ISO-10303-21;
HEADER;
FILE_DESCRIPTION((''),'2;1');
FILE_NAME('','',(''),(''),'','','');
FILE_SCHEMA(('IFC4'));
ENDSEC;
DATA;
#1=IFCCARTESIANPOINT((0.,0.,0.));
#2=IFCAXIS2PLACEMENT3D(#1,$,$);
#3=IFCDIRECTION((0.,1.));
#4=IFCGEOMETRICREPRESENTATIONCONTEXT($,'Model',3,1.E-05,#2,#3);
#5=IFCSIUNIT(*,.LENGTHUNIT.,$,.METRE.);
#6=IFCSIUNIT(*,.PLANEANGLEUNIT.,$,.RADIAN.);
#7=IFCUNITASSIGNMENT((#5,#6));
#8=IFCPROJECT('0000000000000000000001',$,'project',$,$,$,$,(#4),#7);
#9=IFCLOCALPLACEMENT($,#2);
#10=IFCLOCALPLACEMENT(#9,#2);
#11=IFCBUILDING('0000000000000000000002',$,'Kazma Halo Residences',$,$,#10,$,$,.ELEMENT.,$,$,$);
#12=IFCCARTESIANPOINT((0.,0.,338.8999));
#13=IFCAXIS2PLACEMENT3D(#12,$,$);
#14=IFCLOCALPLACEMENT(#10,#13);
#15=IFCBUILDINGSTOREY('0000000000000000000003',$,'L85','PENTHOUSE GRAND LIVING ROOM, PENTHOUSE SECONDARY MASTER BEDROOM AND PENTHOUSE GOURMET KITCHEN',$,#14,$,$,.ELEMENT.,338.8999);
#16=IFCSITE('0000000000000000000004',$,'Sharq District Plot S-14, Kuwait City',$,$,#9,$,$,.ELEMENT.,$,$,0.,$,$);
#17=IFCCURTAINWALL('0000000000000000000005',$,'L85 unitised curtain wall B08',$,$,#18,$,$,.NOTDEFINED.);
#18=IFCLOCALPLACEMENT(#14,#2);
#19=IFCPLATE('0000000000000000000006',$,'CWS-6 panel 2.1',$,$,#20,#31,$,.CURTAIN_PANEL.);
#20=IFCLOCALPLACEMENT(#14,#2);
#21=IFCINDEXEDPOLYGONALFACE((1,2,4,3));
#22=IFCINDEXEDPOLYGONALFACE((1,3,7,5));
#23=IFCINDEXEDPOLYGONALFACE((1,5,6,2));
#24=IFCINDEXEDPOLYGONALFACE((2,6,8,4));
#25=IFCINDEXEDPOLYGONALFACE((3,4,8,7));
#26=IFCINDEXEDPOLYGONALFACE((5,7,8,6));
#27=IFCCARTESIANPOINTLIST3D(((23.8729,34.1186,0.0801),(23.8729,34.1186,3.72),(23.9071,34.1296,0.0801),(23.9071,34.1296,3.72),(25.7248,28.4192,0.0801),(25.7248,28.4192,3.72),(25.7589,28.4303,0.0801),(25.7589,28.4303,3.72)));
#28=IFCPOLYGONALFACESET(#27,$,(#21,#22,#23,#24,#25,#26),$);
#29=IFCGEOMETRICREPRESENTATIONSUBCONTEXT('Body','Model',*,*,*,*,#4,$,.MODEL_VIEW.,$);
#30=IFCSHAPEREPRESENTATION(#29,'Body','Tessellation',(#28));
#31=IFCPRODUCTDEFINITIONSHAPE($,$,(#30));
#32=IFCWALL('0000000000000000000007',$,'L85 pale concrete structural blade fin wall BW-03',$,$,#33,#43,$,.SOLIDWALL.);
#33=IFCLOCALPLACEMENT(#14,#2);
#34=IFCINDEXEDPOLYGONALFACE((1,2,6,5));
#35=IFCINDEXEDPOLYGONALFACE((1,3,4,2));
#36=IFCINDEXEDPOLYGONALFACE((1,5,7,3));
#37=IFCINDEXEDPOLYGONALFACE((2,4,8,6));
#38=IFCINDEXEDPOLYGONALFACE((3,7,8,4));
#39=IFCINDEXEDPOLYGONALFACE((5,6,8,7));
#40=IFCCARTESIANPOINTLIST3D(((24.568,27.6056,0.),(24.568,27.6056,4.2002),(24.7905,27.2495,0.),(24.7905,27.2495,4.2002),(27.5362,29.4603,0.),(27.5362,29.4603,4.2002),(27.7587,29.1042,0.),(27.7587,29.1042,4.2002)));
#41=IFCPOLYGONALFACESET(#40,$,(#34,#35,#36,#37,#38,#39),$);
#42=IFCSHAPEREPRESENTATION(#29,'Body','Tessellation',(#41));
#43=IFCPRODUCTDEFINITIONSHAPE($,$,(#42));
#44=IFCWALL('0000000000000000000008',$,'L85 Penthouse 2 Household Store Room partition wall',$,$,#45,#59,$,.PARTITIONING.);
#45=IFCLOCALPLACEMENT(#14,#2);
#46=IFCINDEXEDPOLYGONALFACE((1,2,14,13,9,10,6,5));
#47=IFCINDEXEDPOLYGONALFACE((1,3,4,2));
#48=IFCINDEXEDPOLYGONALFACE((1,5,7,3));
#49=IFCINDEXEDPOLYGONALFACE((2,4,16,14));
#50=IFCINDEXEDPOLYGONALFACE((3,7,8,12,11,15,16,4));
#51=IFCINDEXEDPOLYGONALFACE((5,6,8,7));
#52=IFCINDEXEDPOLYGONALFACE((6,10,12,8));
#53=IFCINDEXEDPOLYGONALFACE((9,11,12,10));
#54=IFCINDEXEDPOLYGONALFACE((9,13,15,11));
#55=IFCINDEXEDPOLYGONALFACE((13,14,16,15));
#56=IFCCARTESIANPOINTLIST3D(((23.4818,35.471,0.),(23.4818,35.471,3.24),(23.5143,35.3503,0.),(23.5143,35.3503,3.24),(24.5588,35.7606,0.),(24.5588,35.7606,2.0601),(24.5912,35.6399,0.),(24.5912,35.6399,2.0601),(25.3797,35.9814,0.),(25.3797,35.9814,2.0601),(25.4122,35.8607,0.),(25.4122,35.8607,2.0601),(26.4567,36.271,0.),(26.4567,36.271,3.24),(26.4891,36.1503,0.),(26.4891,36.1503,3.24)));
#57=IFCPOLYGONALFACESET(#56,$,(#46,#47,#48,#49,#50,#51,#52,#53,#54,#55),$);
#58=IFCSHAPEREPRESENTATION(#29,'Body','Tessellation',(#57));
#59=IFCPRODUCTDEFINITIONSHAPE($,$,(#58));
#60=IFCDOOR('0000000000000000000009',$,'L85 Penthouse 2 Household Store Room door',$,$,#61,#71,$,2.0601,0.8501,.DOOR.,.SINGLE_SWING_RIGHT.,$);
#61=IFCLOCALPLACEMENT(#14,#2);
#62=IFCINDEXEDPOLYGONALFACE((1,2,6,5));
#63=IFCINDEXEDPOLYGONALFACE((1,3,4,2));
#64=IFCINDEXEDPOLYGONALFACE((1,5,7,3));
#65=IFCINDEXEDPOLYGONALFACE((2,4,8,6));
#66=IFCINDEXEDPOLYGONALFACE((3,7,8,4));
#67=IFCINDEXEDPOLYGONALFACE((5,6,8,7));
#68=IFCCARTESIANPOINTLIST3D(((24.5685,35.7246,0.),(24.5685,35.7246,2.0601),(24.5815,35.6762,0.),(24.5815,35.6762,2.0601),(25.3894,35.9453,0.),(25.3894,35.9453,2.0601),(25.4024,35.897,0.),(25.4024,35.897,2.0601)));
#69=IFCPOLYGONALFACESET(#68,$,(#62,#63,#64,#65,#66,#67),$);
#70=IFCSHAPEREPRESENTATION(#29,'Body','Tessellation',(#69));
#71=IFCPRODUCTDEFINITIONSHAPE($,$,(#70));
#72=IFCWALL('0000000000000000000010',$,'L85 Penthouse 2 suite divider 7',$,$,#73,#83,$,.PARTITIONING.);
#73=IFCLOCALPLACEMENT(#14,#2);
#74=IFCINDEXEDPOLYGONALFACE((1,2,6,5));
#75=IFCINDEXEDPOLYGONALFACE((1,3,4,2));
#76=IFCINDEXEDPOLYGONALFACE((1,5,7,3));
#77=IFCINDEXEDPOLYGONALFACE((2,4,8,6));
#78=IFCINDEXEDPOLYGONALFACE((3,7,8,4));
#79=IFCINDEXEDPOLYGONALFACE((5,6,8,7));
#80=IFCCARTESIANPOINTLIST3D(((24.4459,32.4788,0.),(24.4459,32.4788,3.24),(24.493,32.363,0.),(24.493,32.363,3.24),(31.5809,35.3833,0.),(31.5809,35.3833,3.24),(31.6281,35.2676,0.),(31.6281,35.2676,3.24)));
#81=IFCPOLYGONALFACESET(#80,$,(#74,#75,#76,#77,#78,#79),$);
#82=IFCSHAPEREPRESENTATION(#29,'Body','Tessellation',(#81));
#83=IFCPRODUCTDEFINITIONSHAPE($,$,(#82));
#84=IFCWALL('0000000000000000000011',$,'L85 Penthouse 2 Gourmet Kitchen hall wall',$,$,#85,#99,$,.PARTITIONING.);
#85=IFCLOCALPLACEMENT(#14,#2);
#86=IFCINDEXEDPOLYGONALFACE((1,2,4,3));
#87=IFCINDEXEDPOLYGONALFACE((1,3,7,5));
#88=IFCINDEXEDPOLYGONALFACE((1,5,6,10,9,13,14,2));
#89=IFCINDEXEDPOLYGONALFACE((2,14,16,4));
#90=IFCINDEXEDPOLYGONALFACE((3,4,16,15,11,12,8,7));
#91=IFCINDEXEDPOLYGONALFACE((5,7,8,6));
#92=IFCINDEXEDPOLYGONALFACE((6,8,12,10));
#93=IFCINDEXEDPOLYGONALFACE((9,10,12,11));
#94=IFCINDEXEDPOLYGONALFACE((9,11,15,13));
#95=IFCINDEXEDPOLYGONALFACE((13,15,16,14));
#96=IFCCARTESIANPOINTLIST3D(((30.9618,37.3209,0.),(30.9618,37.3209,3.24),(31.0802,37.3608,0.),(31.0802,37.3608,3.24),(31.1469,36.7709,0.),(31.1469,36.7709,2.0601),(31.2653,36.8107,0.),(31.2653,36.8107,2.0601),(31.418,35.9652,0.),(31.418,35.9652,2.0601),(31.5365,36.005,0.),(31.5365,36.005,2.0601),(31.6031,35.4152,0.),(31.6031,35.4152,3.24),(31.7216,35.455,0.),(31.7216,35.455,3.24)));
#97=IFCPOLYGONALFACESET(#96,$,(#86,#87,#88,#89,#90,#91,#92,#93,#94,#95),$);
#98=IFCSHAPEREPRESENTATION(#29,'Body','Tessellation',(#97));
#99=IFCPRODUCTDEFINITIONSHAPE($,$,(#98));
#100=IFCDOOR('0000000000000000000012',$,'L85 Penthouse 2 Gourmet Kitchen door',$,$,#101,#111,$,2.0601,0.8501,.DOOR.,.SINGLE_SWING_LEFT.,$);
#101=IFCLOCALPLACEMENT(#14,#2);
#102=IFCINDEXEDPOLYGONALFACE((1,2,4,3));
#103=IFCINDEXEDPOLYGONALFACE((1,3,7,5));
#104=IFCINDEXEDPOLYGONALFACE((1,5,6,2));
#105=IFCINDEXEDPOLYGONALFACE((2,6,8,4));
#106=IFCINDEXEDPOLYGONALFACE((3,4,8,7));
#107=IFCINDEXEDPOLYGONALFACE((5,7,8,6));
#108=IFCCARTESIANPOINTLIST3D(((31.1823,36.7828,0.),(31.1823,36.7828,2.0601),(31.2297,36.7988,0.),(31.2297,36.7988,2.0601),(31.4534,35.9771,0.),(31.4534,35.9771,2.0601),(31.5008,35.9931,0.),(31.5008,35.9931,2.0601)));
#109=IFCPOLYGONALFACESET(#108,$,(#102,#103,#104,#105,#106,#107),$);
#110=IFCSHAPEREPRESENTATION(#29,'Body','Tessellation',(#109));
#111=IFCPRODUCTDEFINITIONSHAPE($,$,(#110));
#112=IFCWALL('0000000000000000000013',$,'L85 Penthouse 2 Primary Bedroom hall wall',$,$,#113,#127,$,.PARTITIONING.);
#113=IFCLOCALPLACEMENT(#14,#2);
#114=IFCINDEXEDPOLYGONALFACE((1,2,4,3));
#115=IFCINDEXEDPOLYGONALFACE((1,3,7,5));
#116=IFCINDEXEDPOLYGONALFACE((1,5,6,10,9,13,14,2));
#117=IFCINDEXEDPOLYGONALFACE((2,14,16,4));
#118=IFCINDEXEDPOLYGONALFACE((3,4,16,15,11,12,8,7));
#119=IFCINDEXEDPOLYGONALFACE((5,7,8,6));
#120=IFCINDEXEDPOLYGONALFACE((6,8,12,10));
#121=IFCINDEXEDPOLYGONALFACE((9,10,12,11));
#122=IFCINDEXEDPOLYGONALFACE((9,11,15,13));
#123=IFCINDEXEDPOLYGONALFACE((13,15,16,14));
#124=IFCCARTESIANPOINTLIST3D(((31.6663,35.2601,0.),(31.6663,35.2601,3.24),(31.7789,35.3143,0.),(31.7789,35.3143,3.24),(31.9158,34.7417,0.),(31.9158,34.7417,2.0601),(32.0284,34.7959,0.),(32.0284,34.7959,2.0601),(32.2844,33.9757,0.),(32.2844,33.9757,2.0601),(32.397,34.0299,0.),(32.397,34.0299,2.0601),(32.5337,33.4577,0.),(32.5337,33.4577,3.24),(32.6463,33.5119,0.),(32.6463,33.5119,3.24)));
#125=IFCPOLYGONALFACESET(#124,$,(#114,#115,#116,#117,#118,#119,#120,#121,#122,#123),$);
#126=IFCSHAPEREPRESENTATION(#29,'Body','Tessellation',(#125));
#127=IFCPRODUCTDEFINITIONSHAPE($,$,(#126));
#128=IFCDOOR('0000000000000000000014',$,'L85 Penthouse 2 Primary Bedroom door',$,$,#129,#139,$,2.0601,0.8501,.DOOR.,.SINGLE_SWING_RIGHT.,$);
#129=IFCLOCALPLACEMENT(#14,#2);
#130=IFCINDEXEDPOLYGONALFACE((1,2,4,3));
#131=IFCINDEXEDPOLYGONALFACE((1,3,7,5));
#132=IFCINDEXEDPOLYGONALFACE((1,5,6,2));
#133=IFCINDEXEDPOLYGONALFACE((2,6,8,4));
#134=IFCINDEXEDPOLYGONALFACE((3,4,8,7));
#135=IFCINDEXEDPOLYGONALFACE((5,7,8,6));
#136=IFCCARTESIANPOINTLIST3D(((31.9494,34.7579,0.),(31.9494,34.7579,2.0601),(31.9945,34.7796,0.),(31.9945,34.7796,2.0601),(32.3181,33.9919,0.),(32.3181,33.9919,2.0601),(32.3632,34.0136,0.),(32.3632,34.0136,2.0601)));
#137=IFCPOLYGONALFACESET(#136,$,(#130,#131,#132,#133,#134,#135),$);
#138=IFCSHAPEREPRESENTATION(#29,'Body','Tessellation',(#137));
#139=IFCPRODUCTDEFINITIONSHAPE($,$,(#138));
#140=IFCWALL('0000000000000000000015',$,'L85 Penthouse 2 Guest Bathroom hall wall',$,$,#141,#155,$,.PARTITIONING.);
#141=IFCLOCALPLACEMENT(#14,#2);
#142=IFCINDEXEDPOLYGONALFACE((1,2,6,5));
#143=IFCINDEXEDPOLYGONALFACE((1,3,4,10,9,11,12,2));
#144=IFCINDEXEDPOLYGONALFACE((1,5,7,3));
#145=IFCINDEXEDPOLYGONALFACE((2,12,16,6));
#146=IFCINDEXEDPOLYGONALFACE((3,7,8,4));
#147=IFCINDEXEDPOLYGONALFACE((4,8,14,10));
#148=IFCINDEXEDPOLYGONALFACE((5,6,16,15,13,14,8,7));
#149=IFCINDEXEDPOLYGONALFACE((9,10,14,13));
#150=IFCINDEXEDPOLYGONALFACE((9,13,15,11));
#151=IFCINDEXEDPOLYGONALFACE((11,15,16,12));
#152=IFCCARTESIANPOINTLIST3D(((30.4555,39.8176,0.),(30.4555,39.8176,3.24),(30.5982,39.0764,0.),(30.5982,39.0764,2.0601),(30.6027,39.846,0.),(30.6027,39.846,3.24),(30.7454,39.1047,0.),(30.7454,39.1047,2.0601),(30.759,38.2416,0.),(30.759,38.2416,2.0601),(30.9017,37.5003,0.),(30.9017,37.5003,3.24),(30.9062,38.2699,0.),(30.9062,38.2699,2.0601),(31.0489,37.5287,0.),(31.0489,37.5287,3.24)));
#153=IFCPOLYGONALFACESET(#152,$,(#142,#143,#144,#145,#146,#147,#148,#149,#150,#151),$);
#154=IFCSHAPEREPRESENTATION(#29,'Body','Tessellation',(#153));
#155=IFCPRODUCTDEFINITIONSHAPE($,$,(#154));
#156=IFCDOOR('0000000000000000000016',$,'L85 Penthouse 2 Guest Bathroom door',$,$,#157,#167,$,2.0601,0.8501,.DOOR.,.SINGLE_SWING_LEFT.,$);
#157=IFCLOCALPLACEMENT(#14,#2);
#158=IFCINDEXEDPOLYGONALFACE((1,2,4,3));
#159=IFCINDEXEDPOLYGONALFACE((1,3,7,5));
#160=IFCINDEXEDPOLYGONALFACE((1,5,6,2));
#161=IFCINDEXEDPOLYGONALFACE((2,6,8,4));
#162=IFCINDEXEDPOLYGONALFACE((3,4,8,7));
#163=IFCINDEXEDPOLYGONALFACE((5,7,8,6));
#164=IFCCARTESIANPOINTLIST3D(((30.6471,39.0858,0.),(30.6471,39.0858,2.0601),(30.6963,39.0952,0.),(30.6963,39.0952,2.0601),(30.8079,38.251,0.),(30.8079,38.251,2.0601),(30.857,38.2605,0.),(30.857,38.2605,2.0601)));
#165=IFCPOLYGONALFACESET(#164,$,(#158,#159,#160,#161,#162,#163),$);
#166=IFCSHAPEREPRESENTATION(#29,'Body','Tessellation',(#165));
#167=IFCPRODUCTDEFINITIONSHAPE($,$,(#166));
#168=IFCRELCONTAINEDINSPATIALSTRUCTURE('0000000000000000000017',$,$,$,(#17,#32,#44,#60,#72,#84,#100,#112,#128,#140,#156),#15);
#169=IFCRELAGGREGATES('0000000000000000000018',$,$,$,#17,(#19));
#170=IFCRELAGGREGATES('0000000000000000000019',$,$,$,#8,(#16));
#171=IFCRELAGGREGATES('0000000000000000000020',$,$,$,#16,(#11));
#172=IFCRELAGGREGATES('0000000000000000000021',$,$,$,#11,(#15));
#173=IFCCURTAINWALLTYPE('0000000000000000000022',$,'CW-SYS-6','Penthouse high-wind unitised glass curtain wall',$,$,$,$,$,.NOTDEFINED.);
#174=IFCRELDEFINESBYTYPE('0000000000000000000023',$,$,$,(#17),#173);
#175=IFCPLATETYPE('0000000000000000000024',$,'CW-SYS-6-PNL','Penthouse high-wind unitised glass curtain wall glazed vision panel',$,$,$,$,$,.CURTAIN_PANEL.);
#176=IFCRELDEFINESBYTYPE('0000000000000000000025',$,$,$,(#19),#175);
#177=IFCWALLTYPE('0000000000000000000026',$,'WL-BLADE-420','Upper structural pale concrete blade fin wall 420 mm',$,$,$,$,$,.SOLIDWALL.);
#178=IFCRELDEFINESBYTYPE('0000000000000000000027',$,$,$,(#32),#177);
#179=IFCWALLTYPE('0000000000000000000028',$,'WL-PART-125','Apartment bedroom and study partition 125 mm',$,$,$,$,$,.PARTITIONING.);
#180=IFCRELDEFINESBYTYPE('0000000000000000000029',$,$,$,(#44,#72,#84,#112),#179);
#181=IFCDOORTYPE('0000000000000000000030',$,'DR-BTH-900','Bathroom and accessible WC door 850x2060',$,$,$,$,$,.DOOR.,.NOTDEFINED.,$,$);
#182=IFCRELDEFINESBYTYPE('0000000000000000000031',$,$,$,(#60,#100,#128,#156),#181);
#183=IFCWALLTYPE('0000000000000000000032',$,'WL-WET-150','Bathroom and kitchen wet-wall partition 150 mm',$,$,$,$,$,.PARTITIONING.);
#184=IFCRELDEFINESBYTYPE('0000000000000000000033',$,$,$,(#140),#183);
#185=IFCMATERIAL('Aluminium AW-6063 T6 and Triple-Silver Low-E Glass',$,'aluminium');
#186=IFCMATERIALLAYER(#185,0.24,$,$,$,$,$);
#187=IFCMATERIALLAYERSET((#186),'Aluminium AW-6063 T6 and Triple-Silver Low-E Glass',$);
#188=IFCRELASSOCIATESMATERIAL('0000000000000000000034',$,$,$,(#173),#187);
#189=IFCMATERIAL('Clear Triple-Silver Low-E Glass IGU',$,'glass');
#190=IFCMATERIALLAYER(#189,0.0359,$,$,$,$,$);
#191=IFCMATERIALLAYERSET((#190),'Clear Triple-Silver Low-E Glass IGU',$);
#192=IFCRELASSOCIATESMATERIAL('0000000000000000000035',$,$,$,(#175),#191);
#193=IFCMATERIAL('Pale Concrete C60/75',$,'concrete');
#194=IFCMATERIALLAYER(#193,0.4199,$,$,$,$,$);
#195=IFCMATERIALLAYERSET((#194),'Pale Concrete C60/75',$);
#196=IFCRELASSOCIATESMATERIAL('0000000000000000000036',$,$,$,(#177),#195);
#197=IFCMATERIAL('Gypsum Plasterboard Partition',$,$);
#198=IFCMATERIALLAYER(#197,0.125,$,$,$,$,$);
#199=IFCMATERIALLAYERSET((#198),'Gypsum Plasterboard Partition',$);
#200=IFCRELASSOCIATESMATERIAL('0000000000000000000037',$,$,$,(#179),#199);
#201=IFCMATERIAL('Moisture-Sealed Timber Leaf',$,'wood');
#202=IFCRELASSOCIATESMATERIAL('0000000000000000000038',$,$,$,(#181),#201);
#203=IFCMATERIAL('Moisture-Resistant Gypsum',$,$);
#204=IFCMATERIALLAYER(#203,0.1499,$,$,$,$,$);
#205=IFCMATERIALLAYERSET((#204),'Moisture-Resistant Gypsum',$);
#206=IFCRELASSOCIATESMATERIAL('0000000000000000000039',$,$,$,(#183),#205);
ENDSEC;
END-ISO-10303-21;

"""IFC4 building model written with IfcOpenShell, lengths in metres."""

from ifc_helpers import new_model, si_unit, direction, frame, frame_2d, origin, origin_2d, place, context, subcontext, project, spatial, rectangle, extrude, material, layer, layer_set, type_object, element, fill, aggregate, save


model = new_model("IFC4")

# Units and contexts
model_context = context("Model", 3, precision=1e-05, world=origin(), true_north=direction((0.0, 1.0)))
body_context = subcontext(model_context, "Body", "Model", "MODEL_VIEW")
ifc_project = project(units=[si_unit("LENGTHUNIT", "METRE"), si_unit("PLANEANGLEUNIT", "RADIAN")], contexts=[model_context])

# Site, building, storey
site_placement = place(None, origin())
site = spatial("IfcSite", under=ifc_project, at=site_placement, Name="Sharq District Plot S-14, Kuwait City", CompositionType="ELEMENT", RefElevation=0.0)
building_placement = place(site_placement, origin())
building = spatial("IfcBuilding", under=site, at=building_placement, Name="Kazma Halo Residences", CompositionType="ELEMENT")
storey_placement = place(building_placement, frame((0.0, 0.0, 338.8999)))
storey = spatial("IfcBuildingStorey", under=building, at=storey_placement, Name="L85", Description="PENTHOUSE GRAND LIVING ROOM, PENTHOUSE SECONDARY MASTER BEDROOM AND PENTHOUSE GOURMET KITCHEN", CompositionType="ELEMENT", Elevation=338.8999)

# Curtain wall, plate
ifc_material_1 = material(Name="Aluminium AW-6063 T6 and Triple-Silver Low-E Glass", Category="aluminium")
ifc_layer_1 = layer(ifc_material_1, 0.24)
ifc_layer_set_1 = layer_set([ifc_layer_1], Name="Aluminium AW-6063 T6 and Triple-Silver Low-E Glass")
curtain_wall_type = type_object("IfcCurtainWallType", Name="CW-SYS-6", Description="Penthouse high-wind unitised glass curtain wall", PredefinedType="NOTDEFINED", material=ifc_layer_set_1)
curtain_wall_placement = place(storey_placement, origin())
curtain_wall = element("IfcCurtainWall", 1, at=curtain_wall_placement, inside=storey, type_object=curtain_wall_type, Name="L85 unitised curtain wall B08", PredefinedType="NOTDEFINED")
ifc_material_2 = material(Name="Clear Triple-Silver Low-E Glass IGU", Category="glass")
ifc_layer_2 = layer(ifc_material_2, 0.0359)
ifc_layer_set_2 = layer_set([ifc_layer_2], Name="Clear Triple-Silver Low-E Glass IGU")
plate_type = type_object("IfcPlateType", Name="CW-SYS-6-PNL", Description="Penthouse high-wind unitised glass curtain wall glazed vision panel", PredefinedType="CURTAIN_PANEL", material=ifc_layer_set_2)
plate_1_placement = place(storey_placement, frame((24.8159, 31.2744, 0.0801), z_axis=(0.0, 0.0, 1.0), x_axis=(0.309019, -0.951056, 0.0)))
plate_1 = element("IfcPlate", 2, at=plate_1_placement, type_object=plate_type, Name="CWS-6 panel 2.1", PredefinedType="CURTAIN_PANEL", context=body_context, shape_type="SweptSolid", body=[
    extrude(rectangle(XDim=5.9927, YDim=0.0359, at=origin_2d()), origin(), (0.0, 0.0, 1.0), 3.6399),
])
aggregate(curtain_wall, [plate_1])

# Wall
ifc_material_3 = material(Name="Pale Concrete C60/75", Category="concrete")
ifc_layer_3 = layer(ifc_material_3, 0.4199)
ifc_layer_set_3 = layer_set([ifc_layer_3], Name="Pale Concrete C60/75")
wall_type_1 = type_object("IfcWallType", Name="WL-BLADE-420", Description="Upper structural pale concrete blade fin wall 420 mm", PredefinedType="SOLIDWALL", material=ifc_layer_set_3)
wall_1_placement = place(storey_placement, frame((27.6475, 29.2822, 0.0), z_axis=(0.0, 0.0, 1.0), x_axis=(-0.848053, -0.529911, 0.0)))
element("IfcWall", 3, at=wall_1_placement, inside=storey, type_object=wall_type_1, Name="L85 pale concrete structural blade fin wall BW-03", PredefinedType="SOLIDWALL", context=body_context, shape_type="SweptSolid", body=[
    extrude(rectangle(XDim=3.5, YDim=0.4199, at=frame_2d((1.75, 0.0))), origin(), (0.0, 0.0, 1.0), 4.2002),
])

# Wall, opening, door
ifc_material_4 = material(Name="Gypsum Plasterboard Partition")
ifc_layer_4 = layer(ifc_material_4, 0.125)
ifc_layer_set_4 = layer_set([ifc_layer_4], Name="Gypsum Plasterboard Partition")
wall_type_2 = type_object("IfcWallType", Name="WL-PART-125", Description="Apartment bedroom and study partition 125 mm", PredefinedType="PARTITIONING", material=ifc_layer_set_4)
wall_2_placement = place(storey_placement, frame((26.4729, 36.2107, 0.0), z_axis=(0.0, 0.0, 1.0), x_axis=(-0.965687, -0.259709, 0.0)))
wall_2 = element("IfcWall", 4, at=wall_2_placement, inside=storey, type_object=wall_type_2, Name="L85 Penthouse 2 Household Store Room partition wall", PredefinedType="PARTITIONING", context=body_context, shape_type="SweptSolid", body=[
    extrude(rectangle(XDim=3.0806, YDim=0.125, at=frame_2d((1.5403, 0.0))), origin(), (0.0, 0.0, 1.0), 3.24),
])
opening_1_placement = place(wall_2_placement, frame((1.1152, 0.0, 0.0)))
opening_1 = element("IfcOpeningElement", 5, at=opening_1_placement, cuts=wall_2, PredefinedType="OPENING", context=body_context, shape_type="SweptSolid", body=[
    extrude(rectangle(XDim=0.8501, YDim=2.0601, at=frame_2d((0.425, 1.03))), frame((0.0, 0.0725, 0.0), z_axis=(0.0, -1.0, 0.0), x_axis=(1.0, 0.0, 0.0)), (0.0, 0.0, 1.0), 0.145),
])
ifc_material_5 = material(Name="Moisture-Sealed Timber Leaf", Category="wood")
door_type = type_object("IfcDoorType", Name="DR-BTH-900", Description="Bathroom and accessible WC door 850x2060", OperationType="NOTDEFINED", PredefinedType="DOOR", material=ifc_material_5)
door_1_placement = place(opening_1_placement, origin())
door_1 = element("IfcDoor", 6, at=door_1_placement, inside=storey, type_object=door_type, Name="L85 Penthouse 2 Household Store Room door", OperationType="SINGLE_SWING_RIGHT", OverallHeight=2.0601, OverallWidth=0.8501, PredefinedType="DOOR", context=body_context, shape_type="SweptSolid", body=[
    extrude(rectangle(XDim=0.8501, YDim=2.0601, at=frame_2d((0.425, 1.03))), frame((0.0, 0.0249, 0.0), z_axis=(0.0, -1.0, 0.0), x_axis=(1.0, 0.0, 0.0)), (0.0, 0.0, 1.0), 0.05),
])
fill(opening_1, door_1)

# Wall
wall_3_placement = place(storey_placement, frame((31.6045, 35.3254, 0.0), z_axis=(0.0, 0.0, 1.0), x_axis=(-0.926197, -0.377039, 0.0)))
element("IfcWall", 7, at=wall_3_placement, inside=storey, type_object=wall_type_2, Name="L85 Penthouse 2 suite divider 7", PredefinedType="PARTITIONING", context=body_context, shape_type="SweptSolid", body=[
    extrude(rectangle(XDim=7.7036, YDim=0.125, at=frame_2d((3.8518, 0.0))), origin(), (0.0, 0.0, 1.0), 3.24),
])

# Walls, openings, doors
wall_4_placement = place(storey_placement, frame((31.021, 37.3408, 0.0), z_axis=(0.0, 0.0, 1.0), x_axis=(0.318958, -0.947769, 0.0)))
wall_4 = element("IfcWall", 8, at=wall_4_placement, inside=storey, type_object=wall_type_2, Name="L85 Penthouse 2 Gourmet Kitchen hall wall", PredefinedType="PARTITIONING", context=body_context, shape_type="SweptSolid", body=[
    extrude(rectangle(XDim=2.0107, YDim=0.125, at=frame_2d((1.0054, 0.0))), origin(), (0.0, 0.0, 1.0), 3.24),
])
opening_2_placement = place(wall_4_placement, frame((0.5803, 0.0, 0.0)))
opening_2 = element("IfcOpeningElement", 9, at=opening_2_placement, cuts=wall_4, PredefinedType="OPENING", context=body_context, shape_type="SweptSolid", body=[
    extrude(rectangle(XDim=0.8501, YDim=2.0601, at=frame_2d((0.425, 1.03))), frame((0.0, 0.0725, 0.0), z_axis=(0.0, -1.0, 0.0), x_axis=(1.0, 0.0, 0.0)), (0.0, 0.0, 1.0), 0.145),
])
door_2_placement = place(opening_2_placement, origin())
door_2 = element("IfcDoor", 10, at=door_2_placement, inside=storey, type_object=door_type, Name="L85 Penthouse 2 Gourmet Kitchen door", OperationType="SINGLE_SWING_LEFT", OverallHeight=2.0601, OverallWidth=0.8501, PredefinedType="DOOR", context=body_context, shape_type="SweptSolid", body=[
    extrude(rectangle(XDim=0.8501, YDim=2.0601, at=frame_2d((0.425, 1.03))), frame((0.0, 0.0249, 0.0), z_axis=(0.0, -1.0, 0.0), x_axis=(1.0, 0.0, 0.0)), (0.0, 0.0, 1.0), 0.05),
])
fill(opening_2, door_2)
wall_5_placement = place(storey_placement, frame((31.7227, 35.2871, 0.0), z_axis=(0.0, 0.0, 1.0), x_axis=(0.433639, -0.901086, 0.0)))
wall_5 = element("IfcWall", 11, at=wall_5_placement, inside=storey, type_object=wall_type_2, Name="L85 Penthouse 2 Primary Bedroom hall wall", PredefinedType="PARTITIONING", context=body_context, shape_type="SweptSolid", body=[
    extrude(rectangle(XDim=2.0002, YDim=0.125, at=frame_2d((1.0, 0.0))), origin(), (0.0, 0.0, 1.0), 3.24),
])
opening_3_placement = place(wall_5_placement, frame((0.5752, 0.0, 0.0)))
opening_3 = element("IfcOpeningElement", 12, at=opening_3_placement, cuts=wall_5, PredefinedType="OPENING", context=body_context, shape_type="SweptSolid", body=[
    extrude(rectangle(XDim=0.8501, YDim=2.0601, at=frame_2d((0.425, 1.03))), frame((0.0, 0.0725, 0.0), z_axis=(0.0, -1.0, 0.0), x_axis=(1.0, 0.0, 0.0)), (0.0, 0.0, 1.0), 0.145),
])
door_3_placement = place(opening_3_placement, origin())
door_3 = element("IfcDoor", 13, at=door_3_placement, inside=storey, type_object=door_type, Name="L85 Penthouse 2 Primary Bedroom door", OperationType="SINGLE_SWING_RIGHT", OverallHeight=2.0601, OverallWidth=0.8501, PredefinedType="DOOR", context=body_context, shape_type="SweptSolid", body=[
    extrude(rectangle(XDim=0.8501, YDim=2.0601, at=frame_2d((0.425, 1.03))), frame((0.0, 0.0249, 0.0), z_axis=(0.0, -1.0, 0.0), x_axis=(1.0, 0.0, 0.0)), (0.0, 0.0, 1.0), 0.05),
])
fill(opening_3, door_3)
ifc_material_6 = material(Name="Moisture-Resistant Gypsum")
ifc_layer_5 = layer(ifc_material_6, 0.1499)
ifc_layer_set_5 = layer_set([ifc_layer_5], Name="Moisture-Resistant Gypsum")
wall_type_3 = type_object("IfcWallType", Name="WL-WET-150", Description="Bathroom and kitchen wet-wall partition 150 mm", PredefinedType="PARTITIONING", material=ifc_layer_set_5)
wall_6_placement = place(storey_placement, frame((30.5291, 39.8318, 0.0), z_axis=(0.0, 0.0, 1.0), x_axis=(0.189108, -0.981956, 0.0)))
wall_6 = element("IfcWall", 14, at=wall_6_placement, inside=storey, type_object=wall_type_3, Name="L85 Penthouse 2 Guest Bathroom hall wall", PredefinedType="PARTITIONING", context=body_context, shape_type="SweptSolid", body=[
    extrude(rectangle(XDim=2.3599, YDim=0.1499, at=frame_2d((1.1799, 0.0))), origin(), (0.0, 0.0, 1.0), 3.24),
])
opening_4_placement = place(wall_6_placement, frame((0.7549, 0.0, 0.0)))
opening_4 = element("IfcOpeningElement", 15, at=opening_4_placement, cuts=wall_6, PredefinedType="OPENING", context=body_context, shape_type="SweptSolid", body=[
    extrude(rectangle(XDim=0.8501, YDim=2.0601, at=frame_2d((0.425, 1.03))), frame((0.0, 0.085, 0.0), z_axis=(0.0, -1.0, 0.0), x_axis=(1.0, 0.0, 0.0)), (0.0, 0.0, 1.0), 0.1699),
])
door_4_placement = place(opening_4_placement, origin())
door_4 = element("IfcDoor", 16, at=door_4_placement, inside=storey, type_object=door_type, Name="L85 Penthouse 2 Guest Bathroom door", OperationType="SINGLE_SWING_LEFT", OverallHeight=2.0601, OverallWidth=0.8501, PredefinedType="DOOR", context=body_context, shape_type="SweptSolid", body=[
    extrude(rectangle(XDim=0.8501, YDim=2.0601, at=frame_2d((0.425, 1.03))), frame((0.0, 0.0249, 0.0), z_axis=(0.0, -1.0, 0.0), x_axis=(1.0, 0.0, 0.0)), (0.0, 0.0, 1.0), 0.05),
])
fill(opening_4, door_4)

save(model, "model.ifc")
